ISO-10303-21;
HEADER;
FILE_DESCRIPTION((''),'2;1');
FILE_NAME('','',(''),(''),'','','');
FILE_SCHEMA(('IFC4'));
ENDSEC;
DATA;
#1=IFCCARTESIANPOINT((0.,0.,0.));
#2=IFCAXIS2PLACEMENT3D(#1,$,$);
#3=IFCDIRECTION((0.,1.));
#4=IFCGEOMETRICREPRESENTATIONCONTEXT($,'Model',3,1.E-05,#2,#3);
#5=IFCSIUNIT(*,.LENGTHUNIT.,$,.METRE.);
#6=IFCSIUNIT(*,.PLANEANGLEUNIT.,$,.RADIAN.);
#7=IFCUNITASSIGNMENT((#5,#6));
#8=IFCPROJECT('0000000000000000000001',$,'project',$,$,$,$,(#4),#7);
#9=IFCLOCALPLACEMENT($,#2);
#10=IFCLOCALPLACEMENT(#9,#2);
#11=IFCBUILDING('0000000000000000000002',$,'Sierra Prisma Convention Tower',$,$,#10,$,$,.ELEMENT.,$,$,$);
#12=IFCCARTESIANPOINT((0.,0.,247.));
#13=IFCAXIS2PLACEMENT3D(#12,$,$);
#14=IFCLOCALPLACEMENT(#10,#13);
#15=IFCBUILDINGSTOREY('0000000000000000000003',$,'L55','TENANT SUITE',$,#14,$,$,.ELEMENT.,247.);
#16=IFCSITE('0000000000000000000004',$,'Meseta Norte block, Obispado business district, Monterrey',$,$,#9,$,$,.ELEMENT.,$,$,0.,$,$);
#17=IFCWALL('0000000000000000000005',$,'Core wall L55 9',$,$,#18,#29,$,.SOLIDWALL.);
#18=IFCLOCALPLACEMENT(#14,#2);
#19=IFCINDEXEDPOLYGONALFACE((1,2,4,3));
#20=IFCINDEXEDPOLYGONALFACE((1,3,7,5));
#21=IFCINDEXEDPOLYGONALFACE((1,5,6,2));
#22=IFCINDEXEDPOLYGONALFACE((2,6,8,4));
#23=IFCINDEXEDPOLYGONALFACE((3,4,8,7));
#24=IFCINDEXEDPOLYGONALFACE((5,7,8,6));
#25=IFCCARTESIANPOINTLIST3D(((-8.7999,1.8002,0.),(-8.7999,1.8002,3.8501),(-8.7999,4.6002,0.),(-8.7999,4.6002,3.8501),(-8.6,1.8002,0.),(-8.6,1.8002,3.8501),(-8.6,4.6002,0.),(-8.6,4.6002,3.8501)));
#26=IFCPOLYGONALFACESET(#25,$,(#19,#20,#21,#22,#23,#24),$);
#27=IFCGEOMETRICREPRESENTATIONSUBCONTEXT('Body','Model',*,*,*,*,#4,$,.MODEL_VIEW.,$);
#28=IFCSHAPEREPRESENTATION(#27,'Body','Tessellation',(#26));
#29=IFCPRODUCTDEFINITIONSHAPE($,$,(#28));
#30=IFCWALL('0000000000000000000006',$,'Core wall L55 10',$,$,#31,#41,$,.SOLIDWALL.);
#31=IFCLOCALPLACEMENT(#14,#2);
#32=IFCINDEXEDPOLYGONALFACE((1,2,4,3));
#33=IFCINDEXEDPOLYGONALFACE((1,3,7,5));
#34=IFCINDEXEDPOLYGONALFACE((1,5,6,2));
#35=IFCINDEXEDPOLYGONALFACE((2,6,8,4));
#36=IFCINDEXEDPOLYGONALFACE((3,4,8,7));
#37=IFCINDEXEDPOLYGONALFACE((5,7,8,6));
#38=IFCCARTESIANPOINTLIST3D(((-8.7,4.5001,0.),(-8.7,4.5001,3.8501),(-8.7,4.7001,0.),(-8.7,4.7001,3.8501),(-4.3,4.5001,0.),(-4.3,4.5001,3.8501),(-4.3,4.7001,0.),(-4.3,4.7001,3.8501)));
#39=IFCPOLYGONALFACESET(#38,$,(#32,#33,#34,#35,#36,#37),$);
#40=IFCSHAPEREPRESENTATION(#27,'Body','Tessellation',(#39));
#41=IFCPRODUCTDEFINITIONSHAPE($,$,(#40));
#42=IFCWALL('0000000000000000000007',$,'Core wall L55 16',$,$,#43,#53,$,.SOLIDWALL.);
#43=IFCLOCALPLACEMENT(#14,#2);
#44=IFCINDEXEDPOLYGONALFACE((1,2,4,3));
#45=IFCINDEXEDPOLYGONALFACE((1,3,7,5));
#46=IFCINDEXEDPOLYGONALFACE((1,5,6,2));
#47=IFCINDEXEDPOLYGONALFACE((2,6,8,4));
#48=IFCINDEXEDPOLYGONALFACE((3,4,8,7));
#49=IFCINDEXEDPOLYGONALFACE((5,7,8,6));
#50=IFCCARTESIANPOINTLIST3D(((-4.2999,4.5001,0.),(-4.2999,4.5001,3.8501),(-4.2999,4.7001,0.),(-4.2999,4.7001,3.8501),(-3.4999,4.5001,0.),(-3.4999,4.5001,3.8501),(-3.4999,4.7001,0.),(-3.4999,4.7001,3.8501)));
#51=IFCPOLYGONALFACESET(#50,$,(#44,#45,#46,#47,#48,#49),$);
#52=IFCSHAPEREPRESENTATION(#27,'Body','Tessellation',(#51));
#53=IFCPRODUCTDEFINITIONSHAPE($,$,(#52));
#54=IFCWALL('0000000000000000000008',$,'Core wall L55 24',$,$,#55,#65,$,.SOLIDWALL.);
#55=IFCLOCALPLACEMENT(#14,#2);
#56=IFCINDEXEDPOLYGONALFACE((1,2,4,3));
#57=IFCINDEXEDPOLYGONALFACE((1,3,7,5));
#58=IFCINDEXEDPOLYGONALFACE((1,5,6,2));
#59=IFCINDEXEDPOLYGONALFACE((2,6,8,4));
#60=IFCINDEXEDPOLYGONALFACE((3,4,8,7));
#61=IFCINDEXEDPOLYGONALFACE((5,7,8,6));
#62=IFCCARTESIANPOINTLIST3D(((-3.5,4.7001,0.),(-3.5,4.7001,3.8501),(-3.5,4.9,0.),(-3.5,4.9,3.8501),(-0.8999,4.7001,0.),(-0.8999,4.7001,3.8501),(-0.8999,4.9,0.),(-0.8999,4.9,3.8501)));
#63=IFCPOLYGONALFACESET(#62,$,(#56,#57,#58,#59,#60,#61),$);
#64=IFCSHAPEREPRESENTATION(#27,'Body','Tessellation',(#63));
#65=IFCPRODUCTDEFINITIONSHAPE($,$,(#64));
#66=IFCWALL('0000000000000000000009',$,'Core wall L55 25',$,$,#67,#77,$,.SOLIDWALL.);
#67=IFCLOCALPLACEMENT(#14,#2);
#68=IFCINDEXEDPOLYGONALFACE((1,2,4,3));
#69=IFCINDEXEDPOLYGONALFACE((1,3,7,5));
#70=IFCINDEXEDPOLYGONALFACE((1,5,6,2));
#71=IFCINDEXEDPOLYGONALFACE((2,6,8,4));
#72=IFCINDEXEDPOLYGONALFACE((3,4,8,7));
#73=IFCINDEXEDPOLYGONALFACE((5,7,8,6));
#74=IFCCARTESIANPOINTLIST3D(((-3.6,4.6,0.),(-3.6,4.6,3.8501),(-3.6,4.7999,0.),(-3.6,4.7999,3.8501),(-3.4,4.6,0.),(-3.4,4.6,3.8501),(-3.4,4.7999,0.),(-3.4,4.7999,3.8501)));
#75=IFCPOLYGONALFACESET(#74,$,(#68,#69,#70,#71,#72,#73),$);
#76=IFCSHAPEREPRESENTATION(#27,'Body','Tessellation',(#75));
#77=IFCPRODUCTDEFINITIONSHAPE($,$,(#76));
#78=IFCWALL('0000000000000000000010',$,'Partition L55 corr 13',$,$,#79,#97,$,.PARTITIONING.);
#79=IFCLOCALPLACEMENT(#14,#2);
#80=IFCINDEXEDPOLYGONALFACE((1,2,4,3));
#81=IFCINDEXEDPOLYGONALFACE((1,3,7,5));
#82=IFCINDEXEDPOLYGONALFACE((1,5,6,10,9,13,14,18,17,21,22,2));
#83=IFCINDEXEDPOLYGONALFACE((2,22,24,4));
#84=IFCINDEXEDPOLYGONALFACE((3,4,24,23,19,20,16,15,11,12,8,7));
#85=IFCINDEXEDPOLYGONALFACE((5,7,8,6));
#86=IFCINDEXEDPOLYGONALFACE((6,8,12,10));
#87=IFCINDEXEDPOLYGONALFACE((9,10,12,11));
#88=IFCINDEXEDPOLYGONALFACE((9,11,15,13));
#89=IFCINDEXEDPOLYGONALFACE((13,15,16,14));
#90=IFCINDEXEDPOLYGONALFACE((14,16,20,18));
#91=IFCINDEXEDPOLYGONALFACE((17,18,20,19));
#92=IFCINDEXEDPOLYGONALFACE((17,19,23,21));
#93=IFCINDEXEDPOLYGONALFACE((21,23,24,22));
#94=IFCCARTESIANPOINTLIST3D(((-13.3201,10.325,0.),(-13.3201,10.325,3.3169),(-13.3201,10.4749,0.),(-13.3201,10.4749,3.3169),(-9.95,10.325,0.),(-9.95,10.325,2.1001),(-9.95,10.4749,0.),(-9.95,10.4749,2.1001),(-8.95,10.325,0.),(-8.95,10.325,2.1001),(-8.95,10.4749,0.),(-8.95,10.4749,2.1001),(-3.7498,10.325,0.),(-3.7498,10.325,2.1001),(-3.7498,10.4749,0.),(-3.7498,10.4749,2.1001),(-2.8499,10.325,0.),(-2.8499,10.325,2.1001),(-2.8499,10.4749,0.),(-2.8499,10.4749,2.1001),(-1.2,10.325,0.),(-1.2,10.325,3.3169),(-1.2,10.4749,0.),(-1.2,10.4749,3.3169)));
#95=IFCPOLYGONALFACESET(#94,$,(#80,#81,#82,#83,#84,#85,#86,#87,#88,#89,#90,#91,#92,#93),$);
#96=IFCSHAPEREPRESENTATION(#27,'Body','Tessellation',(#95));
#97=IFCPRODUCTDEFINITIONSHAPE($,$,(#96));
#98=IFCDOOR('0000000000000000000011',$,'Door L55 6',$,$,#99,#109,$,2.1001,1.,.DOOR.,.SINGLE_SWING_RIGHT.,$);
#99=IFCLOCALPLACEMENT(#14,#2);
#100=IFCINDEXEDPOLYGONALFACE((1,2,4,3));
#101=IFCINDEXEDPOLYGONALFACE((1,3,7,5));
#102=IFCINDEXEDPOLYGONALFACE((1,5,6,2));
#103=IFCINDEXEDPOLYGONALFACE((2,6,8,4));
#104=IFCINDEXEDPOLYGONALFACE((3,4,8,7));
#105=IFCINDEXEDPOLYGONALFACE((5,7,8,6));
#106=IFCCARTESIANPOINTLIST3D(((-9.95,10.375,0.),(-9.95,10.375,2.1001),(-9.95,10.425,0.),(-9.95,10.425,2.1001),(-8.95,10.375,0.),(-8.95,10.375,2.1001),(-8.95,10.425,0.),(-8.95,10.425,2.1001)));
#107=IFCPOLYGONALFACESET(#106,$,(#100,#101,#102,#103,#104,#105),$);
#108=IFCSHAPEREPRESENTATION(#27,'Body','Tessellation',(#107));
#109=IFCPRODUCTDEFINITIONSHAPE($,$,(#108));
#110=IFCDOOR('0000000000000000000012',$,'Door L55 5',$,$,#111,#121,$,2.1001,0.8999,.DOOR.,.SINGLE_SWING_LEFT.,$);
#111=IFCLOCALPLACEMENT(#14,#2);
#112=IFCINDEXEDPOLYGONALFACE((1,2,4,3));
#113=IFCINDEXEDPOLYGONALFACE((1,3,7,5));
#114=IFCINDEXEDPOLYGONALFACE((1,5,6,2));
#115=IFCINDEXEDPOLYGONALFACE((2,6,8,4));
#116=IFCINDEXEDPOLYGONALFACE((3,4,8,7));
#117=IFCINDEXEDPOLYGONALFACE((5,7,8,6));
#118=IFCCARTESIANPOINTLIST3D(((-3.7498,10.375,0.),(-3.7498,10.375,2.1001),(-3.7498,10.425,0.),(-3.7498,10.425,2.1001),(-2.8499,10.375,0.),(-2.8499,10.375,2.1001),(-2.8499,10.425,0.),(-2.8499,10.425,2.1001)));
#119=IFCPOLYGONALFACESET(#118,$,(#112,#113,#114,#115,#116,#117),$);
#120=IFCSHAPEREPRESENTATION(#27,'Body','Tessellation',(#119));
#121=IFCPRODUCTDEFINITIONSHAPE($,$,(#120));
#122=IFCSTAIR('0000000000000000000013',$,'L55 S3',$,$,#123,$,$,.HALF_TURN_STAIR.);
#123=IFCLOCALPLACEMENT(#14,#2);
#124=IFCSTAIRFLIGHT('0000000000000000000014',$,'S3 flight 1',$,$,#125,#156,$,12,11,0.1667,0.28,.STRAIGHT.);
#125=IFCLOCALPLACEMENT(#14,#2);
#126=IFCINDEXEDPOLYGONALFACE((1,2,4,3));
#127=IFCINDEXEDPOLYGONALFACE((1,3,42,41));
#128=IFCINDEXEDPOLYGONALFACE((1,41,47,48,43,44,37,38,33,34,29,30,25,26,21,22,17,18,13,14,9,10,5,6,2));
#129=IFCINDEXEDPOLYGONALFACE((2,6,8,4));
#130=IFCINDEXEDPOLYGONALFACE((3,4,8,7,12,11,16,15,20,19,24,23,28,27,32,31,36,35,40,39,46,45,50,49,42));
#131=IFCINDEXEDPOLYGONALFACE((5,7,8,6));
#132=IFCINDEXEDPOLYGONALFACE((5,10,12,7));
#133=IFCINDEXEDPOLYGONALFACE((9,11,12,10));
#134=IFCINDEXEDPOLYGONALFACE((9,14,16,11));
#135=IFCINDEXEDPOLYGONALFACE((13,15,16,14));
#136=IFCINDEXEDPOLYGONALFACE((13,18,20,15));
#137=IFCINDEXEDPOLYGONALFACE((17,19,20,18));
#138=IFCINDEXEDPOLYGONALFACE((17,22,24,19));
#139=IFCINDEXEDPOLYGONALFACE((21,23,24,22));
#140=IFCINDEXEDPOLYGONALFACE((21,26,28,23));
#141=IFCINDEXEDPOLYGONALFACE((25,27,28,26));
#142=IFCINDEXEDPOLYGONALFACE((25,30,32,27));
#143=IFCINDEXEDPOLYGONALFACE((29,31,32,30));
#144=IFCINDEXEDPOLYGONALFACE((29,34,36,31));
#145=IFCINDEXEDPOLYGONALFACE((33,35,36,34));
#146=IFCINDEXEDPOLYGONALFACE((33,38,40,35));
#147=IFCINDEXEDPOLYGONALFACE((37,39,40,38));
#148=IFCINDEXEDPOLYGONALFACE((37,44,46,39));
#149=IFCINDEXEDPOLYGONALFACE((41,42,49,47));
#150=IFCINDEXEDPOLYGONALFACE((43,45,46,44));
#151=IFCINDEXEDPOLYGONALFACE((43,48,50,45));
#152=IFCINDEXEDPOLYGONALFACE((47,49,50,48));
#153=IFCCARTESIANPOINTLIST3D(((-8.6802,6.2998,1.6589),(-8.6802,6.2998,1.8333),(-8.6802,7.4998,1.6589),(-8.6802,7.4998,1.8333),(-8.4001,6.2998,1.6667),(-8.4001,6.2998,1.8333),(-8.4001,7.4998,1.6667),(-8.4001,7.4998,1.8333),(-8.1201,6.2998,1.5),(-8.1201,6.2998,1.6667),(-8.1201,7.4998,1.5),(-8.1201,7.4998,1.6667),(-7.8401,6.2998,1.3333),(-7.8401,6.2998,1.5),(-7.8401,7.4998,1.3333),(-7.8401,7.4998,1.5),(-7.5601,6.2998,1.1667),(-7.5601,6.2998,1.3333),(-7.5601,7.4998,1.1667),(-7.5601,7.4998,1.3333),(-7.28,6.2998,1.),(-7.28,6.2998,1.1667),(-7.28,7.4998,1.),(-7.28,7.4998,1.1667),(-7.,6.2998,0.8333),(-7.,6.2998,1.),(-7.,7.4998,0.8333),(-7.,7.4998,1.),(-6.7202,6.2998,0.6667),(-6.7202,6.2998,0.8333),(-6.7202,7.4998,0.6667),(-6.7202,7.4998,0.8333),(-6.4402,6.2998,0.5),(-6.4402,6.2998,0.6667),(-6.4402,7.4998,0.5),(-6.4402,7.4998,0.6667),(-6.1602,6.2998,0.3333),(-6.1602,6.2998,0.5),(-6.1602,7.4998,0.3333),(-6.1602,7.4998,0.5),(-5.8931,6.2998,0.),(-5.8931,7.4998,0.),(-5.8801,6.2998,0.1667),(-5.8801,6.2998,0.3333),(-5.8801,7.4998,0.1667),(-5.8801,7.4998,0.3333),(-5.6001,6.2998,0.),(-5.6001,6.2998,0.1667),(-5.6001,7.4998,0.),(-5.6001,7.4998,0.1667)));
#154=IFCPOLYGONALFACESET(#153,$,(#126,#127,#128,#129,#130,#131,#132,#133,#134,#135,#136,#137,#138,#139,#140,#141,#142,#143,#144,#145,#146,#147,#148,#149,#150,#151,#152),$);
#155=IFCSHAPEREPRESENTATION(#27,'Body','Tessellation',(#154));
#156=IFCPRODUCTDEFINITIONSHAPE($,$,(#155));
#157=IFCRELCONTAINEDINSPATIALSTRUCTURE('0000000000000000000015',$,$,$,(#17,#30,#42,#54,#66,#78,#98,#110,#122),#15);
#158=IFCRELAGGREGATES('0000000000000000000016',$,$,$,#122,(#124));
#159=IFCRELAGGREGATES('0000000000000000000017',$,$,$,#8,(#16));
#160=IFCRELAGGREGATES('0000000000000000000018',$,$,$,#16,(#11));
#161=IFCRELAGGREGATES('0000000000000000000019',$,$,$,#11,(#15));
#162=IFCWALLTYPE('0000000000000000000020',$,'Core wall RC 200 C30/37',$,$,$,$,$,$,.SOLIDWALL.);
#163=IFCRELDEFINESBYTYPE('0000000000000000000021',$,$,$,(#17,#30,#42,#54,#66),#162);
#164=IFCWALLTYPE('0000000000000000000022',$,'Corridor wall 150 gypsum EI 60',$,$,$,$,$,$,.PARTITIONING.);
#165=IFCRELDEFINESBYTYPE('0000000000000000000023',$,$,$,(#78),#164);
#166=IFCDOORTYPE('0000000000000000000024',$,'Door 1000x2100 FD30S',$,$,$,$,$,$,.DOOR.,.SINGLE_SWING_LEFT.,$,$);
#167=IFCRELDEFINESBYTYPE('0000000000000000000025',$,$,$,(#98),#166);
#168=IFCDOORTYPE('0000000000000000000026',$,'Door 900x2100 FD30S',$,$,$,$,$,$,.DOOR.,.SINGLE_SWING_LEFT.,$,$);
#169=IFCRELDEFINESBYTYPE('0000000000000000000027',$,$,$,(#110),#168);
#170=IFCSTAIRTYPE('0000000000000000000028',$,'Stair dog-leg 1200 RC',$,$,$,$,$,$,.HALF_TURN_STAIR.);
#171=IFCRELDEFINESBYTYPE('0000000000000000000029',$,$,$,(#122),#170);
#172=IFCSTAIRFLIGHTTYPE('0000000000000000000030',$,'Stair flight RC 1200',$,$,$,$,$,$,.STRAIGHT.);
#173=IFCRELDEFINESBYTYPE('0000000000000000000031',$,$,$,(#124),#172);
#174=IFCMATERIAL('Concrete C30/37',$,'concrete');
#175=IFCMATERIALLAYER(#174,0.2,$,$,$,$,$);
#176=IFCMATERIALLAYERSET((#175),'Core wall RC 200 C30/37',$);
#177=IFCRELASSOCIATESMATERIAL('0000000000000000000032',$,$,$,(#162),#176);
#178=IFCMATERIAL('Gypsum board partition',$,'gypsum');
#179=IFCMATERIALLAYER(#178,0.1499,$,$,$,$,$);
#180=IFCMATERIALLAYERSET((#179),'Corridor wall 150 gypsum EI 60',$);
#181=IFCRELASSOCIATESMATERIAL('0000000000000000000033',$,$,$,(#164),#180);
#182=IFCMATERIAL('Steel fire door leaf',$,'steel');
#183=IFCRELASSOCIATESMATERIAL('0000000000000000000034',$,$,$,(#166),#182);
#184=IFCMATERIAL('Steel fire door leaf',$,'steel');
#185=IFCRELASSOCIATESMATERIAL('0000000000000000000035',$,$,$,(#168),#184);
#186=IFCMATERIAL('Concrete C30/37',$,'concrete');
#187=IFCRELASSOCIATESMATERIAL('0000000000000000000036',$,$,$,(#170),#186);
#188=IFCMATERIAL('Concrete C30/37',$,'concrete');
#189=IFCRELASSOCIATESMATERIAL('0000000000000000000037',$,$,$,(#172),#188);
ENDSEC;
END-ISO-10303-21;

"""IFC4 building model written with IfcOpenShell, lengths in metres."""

from ifc_helpers import new_model, si_unit, direction, frame, frame_2d, origin, place, context, subcontext, project, spatial, polyline, rectangle, outline, extrude, material, layer, layer_set, type_object, element, fill, aggregate, save


model = new_model("IFC4")

# Units and contexts
model_context = context("Model", 3, precision=1e-05, world=origin(), true_north=direction((0.0, 1.0)))
body_context = subcontext(model_context, "Body", "Model", "MODEL_VIEW")
ifc_project = project(units=[si_unit("LENGTHUNIT", "METRE"), si_unit("PLANEANGLEUNIT", "RADIAN")], contexts=[model_context])

# Site, building, storey
site_placement = place(None, origin())
site = spatial("IfcSite", under=ifc_project, at=site_placement, Name="Meseta Norte block, Obispado business district, Monterrey", CompositionType="ELEMENT", RefElevation=0.0)
building_placement = place(site_placement, origin())
building = spatial("IfcBuilding", under=site, at=building_placement, Name="Sierra Prisma Convention Tower", CompositionType="ELEMENT")
storey_placement = place(building_placement, frame((0.0, 0.0, 247.0)))
storey = spatial("IfcBuildingStorey", under=building, at=storey_placement, Name="L55", Description="TENANT SUITE", CompositionType="ELEMENT", Elevation=247.0)

# Walls
ifc_material_1 = material(Name="Concrete C30/37", Category="concrete")
ifc_layer_1 = layer(ifc_material_1, 0.2)
ifc_layer_set_1 = layer_set([ifc_layer_1], Name="Core wall RC 200 C30/37")
wall_type_1 = type_object("IfcWallType", Name="Core wall RC 200 C30/37", PredefinedType="SOLIDWALL", material=ifc_layer_set_1)
wall_1_placement = place(storey_placement, frame((-8.7, 4.6001, 0.0), z_axis=(0.0, 0.0, 1.0), x_axis=(0.0, -1.0, 0.0)))
element("IfcWall", 1, at=wall_1_placement, inside=storey, type_object=wall_type_1, Name="Core wall L55 9", PredefinedType="SOLIDWALL", context=body_context, shape_type="SweptSolid", body=[
    extrude(rectangle(XDim=2.8, YDim=0.2, at=frame_2d((1.3999, 0.0))), origin(), (0.0, 0.0, 1.0), 3.8501),
])
wall_2_placement = place(storey_placement, frame((-4.3, 4.6001, 0.0), z_axis=(0.0, 0.0, 1.0), x_axis=(-1.0, 0.0, 0.0)))
element("IfcWall", 2, at=wall_2_placement, inside=storey, type_object=wall_type_1, Name="Core wall L55 10", PredefinedType="SOLIDWALL", context=body_context, shape_type="SweptSolid", body=[
    extrude(rectangle(XDim=4.3999, YDim=0.2, at=frame_2d((2.2, 0.0))), origin(), (0.0, 0.0, 1.0), 3.8501),
])
wall_3_placement = place(storey_placement, frame((-3.5, 4.6001, 0.0), z_axis=(0.0, 0.0, 1.0), x_axis=(-1.0, 0.0, 0.0)))
element("IfcWall", 3, at=wall_3_placement, inside=storey, type_object=wall_type_1, Name="Core wall L55 16", PredefinedType="SOLIDWALL", context=body_context, shape_type="SweptSolid", body=[
    extrude(rectangle(XDim=0.8, YDim=0.2, at=frame_2d((0.3999, 0.0))), origin(), (0.0, 0.0, 1.0), 3.8501),
])

# Walls
wall_4_placement = place(storey_placement, frame((-0.8999, 4.8, 0.0), z_axis=(0.0, 0.0, 1.0), x_axis=(-1.0, 0.0, 0.0)))
element("IfcWall", 4, at=wall_4_placement, inside=storey, type_object=wall_type_1, Name="Core wall L55 24", PredefinedType="SOLIDWALL", context=body_context, shape_type="SweptSolid", body=[
    extrude(rectangle(XDim=2.6001, YDim=0.2, at=frame_2d((1.3, 0.0))), origin(), (0.0, 0.0, 1.0), 3.8501),
])
wall_5_placement = place(storey_placement, frame((-3.5, 4.8, 0.0), z_axis=(0.0, 0.0, 1.0), x_axis=(0.0, -1.0, 0.0)))
element("IfcWall", 5, at=wall_5_placement, inside=storey, type_object=wall_type_1, Name="Core wall L55 25", PredefinedType="SOLIDWALL", context=body_context, shape_type="SweptSolid", body=[
    extrude(rectangle(XDim=0.2, YDim=0.2, at=frame_2d((0.1001, 0.0))), origin(), (0.0, 0.0, 1.0), 3.8501),
])

# Wall, openings, doors
ifc_material_2 = material(Name="Gypsum board partition", Category="gypsum")
ifc_layer_2 = layer(ifc_material_2, 0.1499)
ifc_layer_set_2 = layer_set([ifc_layer_2], Name="Corridor wall 150 gypsum EI 60")
wall_type_2 = type_object("IfcWallType", Name="Corridor wall 150 gypsum EI 60", PredefinedType="PARTITIONING", material=ifc_layer_set_2)
wall_6_placement = place(storey_placement, frame((-1.2, 10.3999, 0.0), z_axis=(0.0, 0.0, 1.0), x_axis=(-1.0, 0.0, 0.0)))
wall_6 = element("IfcWall", 6, at=wall_6_placement, inside=storey, type_object=wall_type_2, Name="Partition L55 corr 13", PredefinedType="PARTITIONING", context=body_context, shape_type="SweptSolid", body=[
    extrude(rectangle(XDim=12.1201, YDim=0.1499, at=frame_2d((6.0601, 0.0))), origin(), (0.0, 0.0, 1.0), 3.3169),
])
opening_1_placement = place(wall_6_placement, frame((1.6499, 0.0, 0.0)))
opening_1 = element("IfcOpeningElement", 7, at=opening_1_placement, cuts=wall_6, PredefinedType="OPENING", context=body_context, shape_type="SweptSolid", body=[
    extrude(rectangle(XDim=0.8999, YDim=2.1001, at=frame_2d((0.45, 1.05))), frame((0.0, 0.075, 0.0), z_axis=(0.0, -1.0, 0.0), x_axis=(1.0, 0.0, 0.0)), (0.0, 0.0, 1.0), 0.1499),
])
opening_2_placement = place(wall_6_placement, frame((7.75, 0.0, 0.0)))
opening_2 = element("IfcOpeningElement", 8, at=opening_2_placement, cuts=wall_6, PredefinedType="OPENING", context=body_context, shape_type="SweptSolid", body=[
    extrude(rectangle(XDim=1.0, YDim=2.1001, at=frame_2d((0.5, 1.05))), frame((0.0, 0.075, 0.0), z_axis=(0.0, -1.0, 0.0), x_axis=(1.0, 0.0, 0.0)), (0.0, 0.0, 1.0), 0.1499),
])
ifc_material_3 = material(Name="Steel fire door leaf", Category="steel")
door_type_1 = type_object("IfcDoorType", Name="Door 1000x2100 FD30S", OperationType="SINGLE_SWING_LEFT", PredefinedType="DOOR", material=ifc_material_3)
door_1_placement = place(opening_2_placement, origin())
door_1 = element("IfcDoor", 9, at=door_1_placement, inside=storey, type_object=door_type_1, Name="Door L55 6", OperationType="SINGLE_SWING_RIGHT", OverallHeight=2.1001, OverallWidth=1.0, PredefinedType="DOOR", context=body_context, shape_type="SweptSolid", body=[
    extrude(rectangle(XDim=1.0, YDim=2.1001, at=frame_2d((0.5, 1.05))), frame((0.0, 0.0249, 0.0), z_axis=(0.0, -1.0, 0.0), x_axis=(1.0, 0.0, 0.0)), (0.0, 0.0, 1.0), 0.05),
])
fill(opening_2, door_1)
ifc_material_4 = material(Name="Steel fire door leaf", Category="steel")
door_type_2 = type_object("IfcDoorType", Name="Door 900x2100 FD30S", OperationType="SINGLE_SWING_LEFT", PredefinedType="DOOR", material=ifc_material_4)
door_2_placement = place(opening_1_placement, origin())
door_2 = element("IfcDoor", 10, at=door_2_placement, inside=storey, type_object=door_type_2, Name="Door L55 5", OperationType="SINGLE_SWING_LEFT", OverallHeight=2.1001, OverallWidth=0.8999, PredefinedType="DOOR", context=body_context, shape_type="SweptSolid", body=[
    extrude(rectangle(XDim=0.8999, YDim=2.1001, at=frame_2d((0.45, 1.05))), frame((0.0, 0.0249, 0.0), z_axis=(0.0, -1.0, 0.0), x_axis=(1.0, 0.0, 0.0)), (0.0, 0.0, 1.0), 0.05),
])
fill(opening_1, door_2)

# Stair, stair flight
ifc_material_5 = material(Name="Concrete C30/37", Category="concrete")
stair_type = type_object("IfcStairType", Name="Stair dog-leg 1200 RC", PredefinedType="HALF_TURN_STAIR", material=ifc_material_5)
stair_placement = place(storey_placement, origin())
stair = element("IfcStair", 11, at=stair_placement, inside=storey, type_object=stair_type, Name="L55 S3", PredefinedType="HALF_TURN_STAIR")
ifc_material_6 = material(Name="Concrete C30/37", Category="concrete")
stair_flight_type = type_object("IfcStairFlightType", Name="Stair flight RC 1200", PredefinedType="STRAIGHT", material=ifc_material_6)
stair_flight_1_placement = place(storey_placement, frame((-5.6001, 6.8999, 0.0), z_axis=(0.0, 0.0, 1.0), x_axis=(-1.0, 0.0, 0.0)))
stair_flight_1 = element("IfcStairFlight", 12, at=stair_flight_1_placement, type_object=stair_flight_type, Name="S3 flight 1", NumberOfRisers=12, NumberOfTreads=11, PredefinedType="STRAIGHT", RiserHeight=0.1667, TreadLength=0.28, context=body_context, shape_type="SweptSolid", body=[
    extrude(outline(polyline([(0.0, 0.0), (0.0, 0.1667), (0.28, 0.1667), (0.28, 0.3333), (0.5601, 0.3333), (0.5601, 0.5), (0.8401, 0.5), (0.8401, 0.6667), (1.1201, 0.6667), (1.1201, 0.8333), (1.3999, 0.8333), (1.3999, 1.0), (1.6799, 1.0), (1.6799, 1.1667), (1.96, 1.1667), (1.96, 1.3333), (2.24, 1.3333), (2.24, 1.5), (2.52, 1.5), (2.52, 1.6667), (2.8, 1.6667), (2.8, 1.8333), (3.0801, 1.8333), (3.0801, 2.0), (3.0801, 1.6589), (0.293, 0.0), (0.0, 0.0)])), frame((0.0, 0.6001, 0.0), z_axis=(0.0, -1.0, 0.0), x_axis=(1.0, 0.0, 0.0)), (0.0, 0.0, 1.0), 1.2),
])
aggregate(stair, [stair_flight_1])

save(model, "model.ifc")
